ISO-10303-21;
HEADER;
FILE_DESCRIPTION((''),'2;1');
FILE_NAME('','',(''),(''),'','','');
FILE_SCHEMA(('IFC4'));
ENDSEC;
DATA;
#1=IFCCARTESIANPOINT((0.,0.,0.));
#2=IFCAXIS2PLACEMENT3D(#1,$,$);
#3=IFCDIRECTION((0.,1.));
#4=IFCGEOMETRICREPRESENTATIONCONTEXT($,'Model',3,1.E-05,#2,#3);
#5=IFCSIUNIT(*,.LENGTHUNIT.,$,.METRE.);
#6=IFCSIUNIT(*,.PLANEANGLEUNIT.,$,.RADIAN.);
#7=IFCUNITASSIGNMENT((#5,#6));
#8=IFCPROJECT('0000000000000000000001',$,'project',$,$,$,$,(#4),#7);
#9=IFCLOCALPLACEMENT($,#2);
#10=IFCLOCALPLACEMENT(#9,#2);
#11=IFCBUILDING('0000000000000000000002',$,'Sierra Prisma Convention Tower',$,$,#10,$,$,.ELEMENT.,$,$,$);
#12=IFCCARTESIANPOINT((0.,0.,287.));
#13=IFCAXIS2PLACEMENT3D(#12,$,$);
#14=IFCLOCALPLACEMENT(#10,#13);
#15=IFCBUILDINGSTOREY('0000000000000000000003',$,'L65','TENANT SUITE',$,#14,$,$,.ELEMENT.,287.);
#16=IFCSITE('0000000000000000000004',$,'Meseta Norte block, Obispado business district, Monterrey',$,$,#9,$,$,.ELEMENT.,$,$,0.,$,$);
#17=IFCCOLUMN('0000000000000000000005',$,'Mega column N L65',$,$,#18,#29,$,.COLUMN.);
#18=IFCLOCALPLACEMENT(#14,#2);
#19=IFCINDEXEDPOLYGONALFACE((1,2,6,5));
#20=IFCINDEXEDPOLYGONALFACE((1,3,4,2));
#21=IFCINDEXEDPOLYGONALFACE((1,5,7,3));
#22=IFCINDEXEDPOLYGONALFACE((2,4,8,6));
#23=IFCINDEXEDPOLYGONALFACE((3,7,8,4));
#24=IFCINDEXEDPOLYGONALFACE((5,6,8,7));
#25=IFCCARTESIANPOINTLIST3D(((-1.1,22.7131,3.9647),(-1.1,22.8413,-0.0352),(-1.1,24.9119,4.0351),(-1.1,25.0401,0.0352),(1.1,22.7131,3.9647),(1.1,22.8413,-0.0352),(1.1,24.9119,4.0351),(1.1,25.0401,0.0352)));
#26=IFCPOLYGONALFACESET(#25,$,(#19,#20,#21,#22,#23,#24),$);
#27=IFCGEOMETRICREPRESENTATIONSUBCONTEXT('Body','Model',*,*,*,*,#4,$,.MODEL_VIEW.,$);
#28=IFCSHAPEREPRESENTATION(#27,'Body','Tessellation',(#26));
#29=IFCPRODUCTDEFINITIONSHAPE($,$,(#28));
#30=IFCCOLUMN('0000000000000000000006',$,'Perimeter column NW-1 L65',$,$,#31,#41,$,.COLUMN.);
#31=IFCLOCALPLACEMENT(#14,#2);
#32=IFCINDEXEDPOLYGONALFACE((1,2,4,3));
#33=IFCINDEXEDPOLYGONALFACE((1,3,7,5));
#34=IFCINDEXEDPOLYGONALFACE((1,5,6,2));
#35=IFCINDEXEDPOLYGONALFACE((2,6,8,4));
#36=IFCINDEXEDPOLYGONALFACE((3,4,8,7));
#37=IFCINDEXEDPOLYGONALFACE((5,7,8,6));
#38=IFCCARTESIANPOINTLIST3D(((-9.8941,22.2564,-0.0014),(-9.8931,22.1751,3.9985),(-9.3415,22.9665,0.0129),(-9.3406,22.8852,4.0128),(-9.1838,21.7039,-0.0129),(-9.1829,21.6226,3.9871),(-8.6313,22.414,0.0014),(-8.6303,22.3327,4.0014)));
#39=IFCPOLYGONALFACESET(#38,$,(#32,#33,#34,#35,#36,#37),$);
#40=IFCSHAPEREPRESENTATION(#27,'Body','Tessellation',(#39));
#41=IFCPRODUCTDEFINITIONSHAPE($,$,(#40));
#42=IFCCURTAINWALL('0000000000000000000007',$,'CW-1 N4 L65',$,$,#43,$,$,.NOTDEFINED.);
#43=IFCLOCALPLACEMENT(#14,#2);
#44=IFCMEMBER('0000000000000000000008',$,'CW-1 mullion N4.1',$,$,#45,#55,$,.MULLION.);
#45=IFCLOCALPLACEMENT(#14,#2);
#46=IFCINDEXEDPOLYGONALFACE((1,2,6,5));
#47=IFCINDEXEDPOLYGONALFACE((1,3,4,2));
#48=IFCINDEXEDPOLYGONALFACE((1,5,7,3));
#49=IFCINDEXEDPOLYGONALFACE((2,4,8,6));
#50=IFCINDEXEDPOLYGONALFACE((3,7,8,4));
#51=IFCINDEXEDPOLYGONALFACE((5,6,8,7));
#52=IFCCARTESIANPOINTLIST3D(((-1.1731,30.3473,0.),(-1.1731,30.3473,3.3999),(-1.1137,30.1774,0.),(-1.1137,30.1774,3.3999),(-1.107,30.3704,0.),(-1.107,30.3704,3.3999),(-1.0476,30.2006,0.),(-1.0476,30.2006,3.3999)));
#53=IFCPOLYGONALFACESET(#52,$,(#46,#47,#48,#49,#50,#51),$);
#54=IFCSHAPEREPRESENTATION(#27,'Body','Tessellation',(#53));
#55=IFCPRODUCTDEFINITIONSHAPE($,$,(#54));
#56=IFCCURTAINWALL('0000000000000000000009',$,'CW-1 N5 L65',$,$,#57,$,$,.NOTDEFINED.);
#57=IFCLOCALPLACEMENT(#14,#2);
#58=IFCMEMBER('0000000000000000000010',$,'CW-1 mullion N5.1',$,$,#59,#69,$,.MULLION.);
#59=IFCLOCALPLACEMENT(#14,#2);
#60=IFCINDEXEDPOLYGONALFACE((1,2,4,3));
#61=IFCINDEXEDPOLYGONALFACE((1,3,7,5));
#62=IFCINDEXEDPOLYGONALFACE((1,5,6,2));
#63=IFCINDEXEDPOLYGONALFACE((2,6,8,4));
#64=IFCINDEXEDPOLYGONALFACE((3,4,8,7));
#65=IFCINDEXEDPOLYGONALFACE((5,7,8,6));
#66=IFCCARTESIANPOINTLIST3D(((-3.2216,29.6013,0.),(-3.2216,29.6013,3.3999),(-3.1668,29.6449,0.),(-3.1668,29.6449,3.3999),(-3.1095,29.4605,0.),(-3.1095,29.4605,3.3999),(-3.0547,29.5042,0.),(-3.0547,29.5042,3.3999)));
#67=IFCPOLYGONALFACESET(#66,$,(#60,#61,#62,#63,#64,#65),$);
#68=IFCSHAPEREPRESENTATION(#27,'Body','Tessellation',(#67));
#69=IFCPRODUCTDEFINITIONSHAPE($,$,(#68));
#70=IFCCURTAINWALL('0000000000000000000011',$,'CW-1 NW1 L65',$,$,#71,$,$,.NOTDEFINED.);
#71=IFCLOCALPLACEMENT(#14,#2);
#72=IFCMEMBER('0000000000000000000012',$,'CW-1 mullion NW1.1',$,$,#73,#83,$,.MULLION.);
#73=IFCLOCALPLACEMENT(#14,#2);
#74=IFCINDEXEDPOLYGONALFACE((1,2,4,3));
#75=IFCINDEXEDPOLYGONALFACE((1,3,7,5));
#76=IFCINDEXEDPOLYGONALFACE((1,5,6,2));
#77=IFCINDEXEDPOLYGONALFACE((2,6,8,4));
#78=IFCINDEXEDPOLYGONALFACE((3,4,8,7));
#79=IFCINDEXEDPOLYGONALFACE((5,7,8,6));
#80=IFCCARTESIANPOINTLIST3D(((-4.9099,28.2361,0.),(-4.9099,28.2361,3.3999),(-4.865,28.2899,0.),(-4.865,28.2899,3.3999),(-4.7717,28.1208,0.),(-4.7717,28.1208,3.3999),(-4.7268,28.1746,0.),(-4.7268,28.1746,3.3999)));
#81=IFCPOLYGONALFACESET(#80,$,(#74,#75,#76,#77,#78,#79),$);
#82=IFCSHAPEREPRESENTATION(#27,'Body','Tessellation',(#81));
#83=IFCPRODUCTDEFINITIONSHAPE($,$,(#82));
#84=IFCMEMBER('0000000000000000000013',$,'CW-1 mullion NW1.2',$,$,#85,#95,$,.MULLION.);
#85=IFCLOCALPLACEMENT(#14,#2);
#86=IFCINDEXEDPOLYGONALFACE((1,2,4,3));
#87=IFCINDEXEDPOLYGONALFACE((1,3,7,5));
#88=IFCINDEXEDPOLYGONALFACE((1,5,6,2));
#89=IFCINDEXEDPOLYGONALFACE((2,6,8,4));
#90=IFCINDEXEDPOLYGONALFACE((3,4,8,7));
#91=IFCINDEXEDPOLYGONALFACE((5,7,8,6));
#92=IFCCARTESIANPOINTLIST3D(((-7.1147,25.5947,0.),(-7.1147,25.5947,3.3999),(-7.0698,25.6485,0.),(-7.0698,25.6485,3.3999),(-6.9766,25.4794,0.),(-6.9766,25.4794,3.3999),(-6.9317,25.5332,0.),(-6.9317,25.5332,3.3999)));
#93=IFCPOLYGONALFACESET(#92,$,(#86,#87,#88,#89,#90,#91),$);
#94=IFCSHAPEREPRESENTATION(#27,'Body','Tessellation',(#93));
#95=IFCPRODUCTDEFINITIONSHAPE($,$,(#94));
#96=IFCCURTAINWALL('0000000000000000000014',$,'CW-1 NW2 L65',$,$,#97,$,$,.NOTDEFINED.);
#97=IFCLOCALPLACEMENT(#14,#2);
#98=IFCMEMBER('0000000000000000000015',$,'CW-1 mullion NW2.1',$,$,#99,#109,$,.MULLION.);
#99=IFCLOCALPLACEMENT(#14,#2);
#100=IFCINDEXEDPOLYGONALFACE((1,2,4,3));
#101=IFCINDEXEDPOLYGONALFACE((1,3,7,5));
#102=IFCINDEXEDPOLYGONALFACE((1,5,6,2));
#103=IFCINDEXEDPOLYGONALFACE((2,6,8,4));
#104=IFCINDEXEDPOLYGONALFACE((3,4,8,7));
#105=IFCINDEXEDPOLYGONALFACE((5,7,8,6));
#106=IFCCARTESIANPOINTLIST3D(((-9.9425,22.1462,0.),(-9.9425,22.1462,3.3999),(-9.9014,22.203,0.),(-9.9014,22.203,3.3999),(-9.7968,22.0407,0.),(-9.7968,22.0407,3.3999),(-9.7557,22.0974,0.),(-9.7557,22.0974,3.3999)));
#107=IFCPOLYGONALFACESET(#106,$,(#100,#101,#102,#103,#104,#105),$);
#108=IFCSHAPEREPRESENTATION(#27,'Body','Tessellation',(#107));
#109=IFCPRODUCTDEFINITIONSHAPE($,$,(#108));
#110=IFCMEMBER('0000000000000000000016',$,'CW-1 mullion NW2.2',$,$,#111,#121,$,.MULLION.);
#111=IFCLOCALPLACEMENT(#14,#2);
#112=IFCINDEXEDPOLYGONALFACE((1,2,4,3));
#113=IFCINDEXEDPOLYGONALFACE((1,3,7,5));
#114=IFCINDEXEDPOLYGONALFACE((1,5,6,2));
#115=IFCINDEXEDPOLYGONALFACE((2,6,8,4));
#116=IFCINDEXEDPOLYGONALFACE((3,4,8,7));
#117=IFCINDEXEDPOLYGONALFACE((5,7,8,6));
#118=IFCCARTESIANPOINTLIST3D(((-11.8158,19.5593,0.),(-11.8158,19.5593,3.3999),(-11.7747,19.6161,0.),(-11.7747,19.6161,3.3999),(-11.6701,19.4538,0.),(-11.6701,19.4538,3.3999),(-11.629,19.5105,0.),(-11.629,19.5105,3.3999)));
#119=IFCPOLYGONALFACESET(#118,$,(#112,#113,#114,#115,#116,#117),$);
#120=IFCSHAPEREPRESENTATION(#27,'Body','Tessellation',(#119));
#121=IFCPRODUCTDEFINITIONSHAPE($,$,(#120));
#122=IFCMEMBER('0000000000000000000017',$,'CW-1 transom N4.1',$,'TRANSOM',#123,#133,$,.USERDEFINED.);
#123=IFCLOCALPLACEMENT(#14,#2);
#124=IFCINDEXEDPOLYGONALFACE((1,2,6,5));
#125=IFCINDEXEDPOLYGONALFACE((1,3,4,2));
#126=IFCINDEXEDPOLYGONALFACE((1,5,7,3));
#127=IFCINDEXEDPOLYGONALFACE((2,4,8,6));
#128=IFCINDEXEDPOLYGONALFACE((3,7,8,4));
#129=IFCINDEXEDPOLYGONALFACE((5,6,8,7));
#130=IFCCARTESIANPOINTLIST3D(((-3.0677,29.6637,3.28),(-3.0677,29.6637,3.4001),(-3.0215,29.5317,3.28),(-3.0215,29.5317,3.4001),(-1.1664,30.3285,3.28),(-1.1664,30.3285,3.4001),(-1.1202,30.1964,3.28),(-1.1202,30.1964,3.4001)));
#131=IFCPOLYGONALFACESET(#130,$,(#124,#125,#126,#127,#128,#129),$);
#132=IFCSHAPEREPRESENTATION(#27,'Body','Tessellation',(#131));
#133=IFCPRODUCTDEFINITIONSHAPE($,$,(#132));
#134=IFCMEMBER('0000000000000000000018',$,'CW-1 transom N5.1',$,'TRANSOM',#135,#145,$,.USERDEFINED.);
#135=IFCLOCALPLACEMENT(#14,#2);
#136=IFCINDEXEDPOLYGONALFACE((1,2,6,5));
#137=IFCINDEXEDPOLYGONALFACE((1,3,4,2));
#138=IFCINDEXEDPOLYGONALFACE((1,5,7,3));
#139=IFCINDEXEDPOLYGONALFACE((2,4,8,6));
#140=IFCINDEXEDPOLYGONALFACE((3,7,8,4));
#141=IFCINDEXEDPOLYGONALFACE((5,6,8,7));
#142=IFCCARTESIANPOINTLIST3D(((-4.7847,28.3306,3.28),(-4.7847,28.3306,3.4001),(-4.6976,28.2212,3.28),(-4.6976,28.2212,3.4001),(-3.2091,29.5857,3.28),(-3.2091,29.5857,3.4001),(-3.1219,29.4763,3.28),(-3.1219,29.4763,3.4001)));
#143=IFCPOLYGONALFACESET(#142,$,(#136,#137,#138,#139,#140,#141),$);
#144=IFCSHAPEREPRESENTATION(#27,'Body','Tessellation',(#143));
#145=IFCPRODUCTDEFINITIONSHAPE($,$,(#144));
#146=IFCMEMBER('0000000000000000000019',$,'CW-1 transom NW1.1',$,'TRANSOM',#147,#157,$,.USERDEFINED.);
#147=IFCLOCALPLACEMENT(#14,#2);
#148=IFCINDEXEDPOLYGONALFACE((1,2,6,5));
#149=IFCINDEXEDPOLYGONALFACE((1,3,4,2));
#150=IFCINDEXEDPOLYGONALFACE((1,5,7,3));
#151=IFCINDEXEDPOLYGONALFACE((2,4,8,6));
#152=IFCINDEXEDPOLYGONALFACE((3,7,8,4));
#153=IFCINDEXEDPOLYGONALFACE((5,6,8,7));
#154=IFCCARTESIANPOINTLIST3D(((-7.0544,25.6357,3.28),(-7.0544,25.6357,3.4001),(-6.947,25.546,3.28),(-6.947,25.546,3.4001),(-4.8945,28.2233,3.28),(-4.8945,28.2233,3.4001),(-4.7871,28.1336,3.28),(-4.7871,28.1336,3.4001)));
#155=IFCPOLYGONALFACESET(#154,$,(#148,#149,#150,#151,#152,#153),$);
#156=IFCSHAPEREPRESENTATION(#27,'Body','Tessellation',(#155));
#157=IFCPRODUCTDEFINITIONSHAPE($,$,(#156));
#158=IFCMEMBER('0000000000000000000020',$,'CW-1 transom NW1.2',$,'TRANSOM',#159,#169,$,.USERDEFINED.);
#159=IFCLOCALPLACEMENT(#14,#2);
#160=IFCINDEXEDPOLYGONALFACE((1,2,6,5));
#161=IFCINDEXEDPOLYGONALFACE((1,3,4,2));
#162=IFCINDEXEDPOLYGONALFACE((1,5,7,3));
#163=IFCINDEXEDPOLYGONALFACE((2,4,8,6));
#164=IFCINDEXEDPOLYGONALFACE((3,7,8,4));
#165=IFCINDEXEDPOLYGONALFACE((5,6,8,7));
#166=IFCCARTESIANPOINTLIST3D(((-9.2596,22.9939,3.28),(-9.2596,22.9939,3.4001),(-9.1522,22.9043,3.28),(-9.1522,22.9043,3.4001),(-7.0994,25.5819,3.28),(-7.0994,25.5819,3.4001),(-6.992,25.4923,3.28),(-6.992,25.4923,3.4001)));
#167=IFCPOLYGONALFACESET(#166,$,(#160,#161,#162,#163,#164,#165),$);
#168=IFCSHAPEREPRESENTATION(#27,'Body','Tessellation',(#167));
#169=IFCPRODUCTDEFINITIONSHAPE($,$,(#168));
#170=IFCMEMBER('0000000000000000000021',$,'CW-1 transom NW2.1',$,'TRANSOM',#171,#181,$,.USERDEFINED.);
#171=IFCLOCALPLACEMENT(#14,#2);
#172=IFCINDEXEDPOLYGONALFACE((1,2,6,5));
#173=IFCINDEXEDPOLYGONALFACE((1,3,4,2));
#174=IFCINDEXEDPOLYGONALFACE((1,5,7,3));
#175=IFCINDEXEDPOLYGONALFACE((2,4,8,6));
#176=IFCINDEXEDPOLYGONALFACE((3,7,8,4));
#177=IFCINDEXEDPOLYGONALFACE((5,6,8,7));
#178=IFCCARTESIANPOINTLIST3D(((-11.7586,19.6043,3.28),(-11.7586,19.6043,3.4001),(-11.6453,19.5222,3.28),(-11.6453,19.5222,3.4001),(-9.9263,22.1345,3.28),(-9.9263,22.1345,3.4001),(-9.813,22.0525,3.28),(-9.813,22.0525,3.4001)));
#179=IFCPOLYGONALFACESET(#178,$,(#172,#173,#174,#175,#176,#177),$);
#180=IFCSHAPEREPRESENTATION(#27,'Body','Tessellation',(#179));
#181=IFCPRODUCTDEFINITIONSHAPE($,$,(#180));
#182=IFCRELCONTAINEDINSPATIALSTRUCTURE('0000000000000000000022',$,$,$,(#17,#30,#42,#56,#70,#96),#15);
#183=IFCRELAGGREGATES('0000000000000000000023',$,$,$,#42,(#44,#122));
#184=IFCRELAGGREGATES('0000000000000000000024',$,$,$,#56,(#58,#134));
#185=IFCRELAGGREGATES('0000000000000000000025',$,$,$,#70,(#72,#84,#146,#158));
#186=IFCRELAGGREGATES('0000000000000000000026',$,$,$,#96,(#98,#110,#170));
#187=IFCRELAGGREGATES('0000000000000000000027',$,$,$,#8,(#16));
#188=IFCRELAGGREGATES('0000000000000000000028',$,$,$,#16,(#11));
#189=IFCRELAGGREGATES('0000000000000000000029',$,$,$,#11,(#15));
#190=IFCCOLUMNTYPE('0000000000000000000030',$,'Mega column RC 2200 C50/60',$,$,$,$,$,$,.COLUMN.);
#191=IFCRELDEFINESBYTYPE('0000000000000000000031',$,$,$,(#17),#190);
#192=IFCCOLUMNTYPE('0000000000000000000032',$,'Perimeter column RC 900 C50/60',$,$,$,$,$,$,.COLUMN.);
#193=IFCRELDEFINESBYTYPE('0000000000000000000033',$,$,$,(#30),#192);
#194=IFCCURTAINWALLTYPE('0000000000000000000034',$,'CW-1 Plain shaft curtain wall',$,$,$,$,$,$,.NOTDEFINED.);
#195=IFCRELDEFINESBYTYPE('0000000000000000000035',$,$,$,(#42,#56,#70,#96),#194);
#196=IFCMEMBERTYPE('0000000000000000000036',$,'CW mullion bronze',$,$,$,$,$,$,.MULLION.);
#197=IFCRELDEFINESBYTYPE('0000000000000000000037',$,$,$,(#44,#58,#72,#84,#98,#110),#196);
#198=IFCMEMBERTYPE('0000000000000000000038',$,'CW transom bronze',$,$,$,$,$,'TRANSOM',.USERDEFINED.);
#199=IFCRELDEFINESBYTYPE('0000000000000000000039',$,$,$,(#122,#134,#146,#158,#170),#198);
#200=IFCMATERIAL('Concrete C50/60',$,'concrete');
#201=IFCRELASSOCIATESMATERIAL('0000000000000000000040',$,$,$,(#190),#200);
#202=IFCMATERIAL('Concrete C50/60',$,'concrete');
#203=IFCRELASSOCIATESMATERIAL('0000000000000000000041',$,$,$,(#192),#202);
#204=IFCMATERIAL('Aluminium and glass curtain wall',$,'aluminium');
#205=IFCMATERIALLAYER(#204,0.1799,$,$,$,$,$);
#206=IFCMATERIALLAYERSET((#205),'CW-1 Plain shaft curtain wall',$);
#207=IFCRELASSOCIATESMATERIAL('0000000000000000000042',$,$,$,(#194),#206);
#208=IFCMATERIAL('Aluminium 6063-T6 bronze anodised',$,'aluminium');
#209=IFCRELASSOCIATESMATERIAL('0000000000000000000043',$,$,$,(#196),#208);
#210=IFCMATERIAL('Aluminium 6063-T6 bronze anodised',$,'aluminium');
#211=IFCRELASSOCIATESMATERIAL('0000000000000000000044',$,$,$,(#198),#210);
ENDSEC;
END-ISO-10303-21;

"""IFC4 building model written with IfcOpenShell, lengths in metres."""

from ifc_helpers import new_model, si_unit, direction, frame, origin, origin_2d, place, context, subcontext, project, spatial, rectangle, extrude, material, layer, layer_set, material_profile, profile_set, type_object, element, aggregate, save


model = new_model("IFC4")

# Units and contexts
model_context = context("Model", 3, precision=1e-05, world=origin(), true_north=direction((0.0, 1.0)))
body_context = subcontext(model_context, "Body", "Model", "MODEL_VIEW")
ifc_project = project(units=[si_unit("LENGTHUNIT", "METRE"), si_unit("PLANEANGLEUNIT", "RADIAN")], contexts=[model_context])

# Site, building, storey
site_placement = place(None, origin())
site = spatial("IfcSite", under=ifc_project, at=site_placement, Name="Meseta Norte block, Obispado business district, Monterrey", CompositionType="ELEMENT", RefElevation=0.0)
building_placement = place(site_placement, origin())
building = spatial("IfcBuilding", under=site, at=building_placement, Name="Sierra Prisma Convention Tower", CompositionType="ELEMENT")
storey_placement = place(building_placement, frame((0.0, 0.0, 287.0)))
storey = spatial("IfcBuildingStorey", under=building, at=storey_placement, Name="L65", Description="TENANT SUITE", CompositionType="ELEMENT", Elevation=287.0)

# Columns
ifc_material_1 = material(Name="Concrete C50/60", Category="concrete")
ifc_material_profile_1 = material_profile(ifc_material_1, rectangle(XDim=2.2, YDim=2.2, at=origin_2d()), Name="Mega column RC 2200 C50/60")
ifc_profile_set_1 = profile_set([ifc_material_profile_1], Name="Concrete C50/60")
column_type_1 = type_object("IfcColumnType", Name="Mega column RC 2200 C50/60", PredefinedType="COLUMN", material=ifc_profile_set_1)
column_1_placement = place(storey_placement, frame((0.0, 23.9407, 0.0), z_axis=(0.0, -0.032027, 0.999487), x_axis=(1.0, 0.0, 0.0)))
element("IfcColumn", 1, at=column_1_placement, inside=storey, type_object=column_type_1, Name="Mega column N L65", PredefinedType="COLUMN", context=body_context, shape_type="SweptSolid", body=[
    extrude(rectangle(XDim=2.2, YDim=2.2, at=origin_2d()), origin(), (0.0, 0.0, 1.0), 4.002),
])
ifc_material_2 = material(Name="Concrete C50/60", Category="concrete")
ifc_material_profile_2 = material_profile(ifc_material_2, rectangle(XDim=0.8999, YDim=0.8999, at=origin_2d()), Name="Perimeter column RC 900 C50/60")
ifc_profile_set_2 = profile_set([ifc_material_profile_2], Name="Concrete C50/60")
column_type_2 = type_object("IfcColumnType", Name="Perimeter column RC 900 C50/60", PredefinedType="COLUMN", material=ifc_profile_set_2)
column_2_placement = place(storey_placement, frame((-9.2627, 22.3352, 0.0), z_axis=(0.000244, -0.020321, 0.999793), x_axis=(0.61404, 0.789115, 0.015889)))
element("IfcColumn", 2, at=column_2_placement, inside=storey, type_object=column_type_2, Name="Perimeter column NW-1 L65", PredefinedType="COLUMN", context=body_context, shape_type="SweptSolid", body=[
    extrude(rectangle(XDim=0.8999, YDim=0.8999, at=origin_2d()), origin(), (0.0, 0.0, 1.0), 4.0007),
])

# Curtain walls, members
ifc_material_3 = material(Name="Aluminium and glass curtain wall", Category="aluminium")
ifc_layer_1 = layer(ifc_material_3, 0.1799)
ifc_layer_set_1 = layer_set([ifc_layer_1], Name="CW-1 Plain shaft curtain wall")
curtain_wall_type = type_object("IfcCurtainWallType", Name="CW-1 Plain shaft curtain wall", PredefinedType="NOTDEFINED", material=ifc_layer_set_1)
curtain_wall_1_placement = place(storey_placement, origin())
curtain_wall_1 = element("IfcCurtainWall", 3, at=curtain_wall_1_placement, inside=storey, type_object=curtain_wall_type, Name="CW-1 N4 L65", PredefinedType="NOTDEFINED")
ifc_material_4 = material(Name="Aluminium 6063-T6 bronze anodised", Category="aluminium")
ifc_material_profile_3 = material_profile(ifc_material_4, rectangle(XDim=0.1799, YDim=0.0701, at=origin_2d()), Name="ALU MULLION 70x180")
ifc_profile_set_3 = profile_set([ifc_material_profile_3], Name="Aluminium 6063-T6 bronze anodised")
member_type_1 = type_object("IfcMemberType", Name="CW mullion bronze", PredefinedType="MULLION", material=ifc_profile_set_3)
member_1_placement = place(storey_placement, frame((-1.1104, 30.2739, 0.0), z_axis=(0.0, 0.0, 1.0), x_axis=(0.330032, -0.94397, 0.0)))
member_1 = element("IfcMember", 4, at=member_1_placement, type_object=member_type_1, Name="CW-1 mullion N4.1", PredefinedType="MULLION", context=body_context, shape_type="SweptSolid", body=[
    extrude(rectangle(XDim=0.1799, YDim=0.0701, at=origin_2d()), origin(), (0.0, 0.0, 1.0), 3.3999),
])
curtain_wall_2_placement = place(storey_placement, origin())
curtain_wall_2 = element("IfcCurtainWall", 5, at=curtain_wall_2_placement, inside=storey, type_object=curtain_wall_type, Name="CW-1 N5 L65", PredefinedType="NOTDEFINED")
member_2_placement = place(storey_placement, frame((-3.1382, 29.5527, 0.0), z_axis=(0.0, 0.0, 1.0), x_axis=(0.62308, -0.782158, 0.0)))
member_2 = element("IfcMember", 6, at=member_2_placement, type_object=member_type_1, Name="CW-1 mullion N5.1", PredefinedType="MULLION", context=body_context, shape_type="SweptSolid", body=[
    extrude(rectangle(XDim=0.1799, YDim=0.0701, at=origin_2d()), origin(), (0.0, 0.0, 1.0), 3.3999),
])

# Curtain walls, members
curtain_wall_3_placement = place(storey_placement, origin())
curtain_wall_3 = element("IfcCurtainWall", 7, at=curtain_wall_3_placement, inside=storey, type_object=curtain_wall_type, Name="CW-1 NW1 L65", PredefinedType="NOTDEFINED")
member_3_placement = place(storey_placement, frame((-4.8184, 28.2053, 0.0), z_axis=(0.0, 0.0, 1.0), x_axis=(0.767694, -0.640816, 0.0)))
member_3 = element("IfcMember", 8, at=member_3_placement, type_object=member_type_1, Name="CW-1 mullion NW1.1", PredefinedType="MULLION", context=body_context, shape_type="SweptSolid", body=[
    extrude(rectangle(XDim=0.1799, YDim=0.0701, at=origin_2d()), origin(), (0.0, 0.0, 1.0), 3.3999),
])
member_4_placement = place(storey_placement, frame((-7.0232, 25.564, 0.0), z_axis=(0.0, 0.0, 1.0), x_axis=(0.767694, -0.640816, 0.0)))
member_4 = element("IfcMember", 9, at=member_4_placement, type_object=member_type_1, Name="CW-1 mullion NW1.2", PredefinedType="MULLION", context=body_context, shape_type="SweptSolid", body=[
    extrude(rectangle(XDim=0.1799, YDim=0.0701, at=origin_2d()), origin(), (0.0, 0.0, 1.0), 3.3999),
])
curtain_wall_4_placement = place(storey_placement, origin())
curtain_wall_4 = element("IfcCurtainWall", 10, at=curtain_wall_4_placement, inside=storey, type_object=curtain_wall_type, Name="CW-1 NW2 L65", PredefinedType="NOTDEFINED")
member_5_placement = place(storey_placement, frame((-9.8491, 22.1218, 0.0), z_axis=(0.0, 0.0, 1.0), x_axis=(0.809923, -0.586537, 0.0)))
member_5 = element("IfcMember", 11, at=member_5_placement, type_object=member_type_1, Name="CW-1 mullion NW2.1", PredefinedType="MULLION", context=body_context, shape_type="SweptSolid", body=[
    extrude(rectangle(XDim=0.1799, YDim=0.0701, at=origin_2d()), origin(), (0.0, 0.0, 1.0), 3.3999),
])
member_6_placement = place(storey_placement, frame((-11.7224, 19.5349, 0.0), z_axis=(0.0, 0.0, 1.0), x_axis=(0.809923, -0.586537, 0.0)))
member_6 = element("IfcMember", 12, at=member_6_placement, type_object=member_type_1, Name="CW-1 mullion NW2.2", PredefinedType="MULLION", context=body_context, shape_type="SweptSolid", body=[
    extrude(rectangle(XDim=0.1799, YDim=0.0701, at=origin_2d()), origin(), (0.0, 0.0, 1.0), 3.3999),
])

# Members
ifc_material_5 = material(Name="Aluminium 6063-T6 bronze anodised", Category="aluminium")
ifc_material_profile_4 = material_profile(ifc_material_5, rectangle(XDim=0.1399, YDim=0.1201, at=origin_2d()), Name="ALU TRANSOM 120x140")
ifc_profile_set_4 = profile_set([ifc_material_profile_4], Name="Aluminium 6063-T6 bronze anodised")
member_type_2 = type_object("IfcMemberType", Name="CW transom bronze", ElementType="TRANSOM", PredefinedType="USERDEFINED", material=ifc_profile_set_4)
member_7_placement = place(storey_placement, frame((-1.1433, 30.2625, 3.3401), z_axis=(-0.943964, -0.330048, 0.0), x_axis=(0.330048, -0.943964, 0.0)))
member_7 = element("IfcMember", 13, at=member_7_placement, type_object=member_type_2, Name="CW-1 transom N4.1", ObjectType="TRANSOM", PredefinedType="USERDEFINED", context=body_context, shape_type="SweptSolid", body=[
    extrude(rectangle(XDim=0.1399, YDim=0.1201, at=origin_2d()), origin(), (0.0, 0.0, 1.0), 2.0142),
])
member_8_placement = place(storey_placement, frame((-3.1655, 29.531, 3.3401), z_axis=(-0.78218, -0.623053, 0.0), x_axis=(0.623053, -0.78218, 0.0)))
member_8 = element("IfcMember", 14, at=member_8_placement, type_object=member_type_2, Name="CW-1 transom N5.1", ObjectType="TRANSOM", PredefinedType="USERDEFINED", context=body_context, shape_type="SweptSolid", body=[
    extrude(rectangle(XDim=0.1399, YDim=0.1201, at=origin_2d()), origin(), (0.0, 0.0, 1.0), 2.0144),
])
member_9_placement = place(storey_placement, frame((-4.8408, 28.1785, 3.3401), z_axis=(-0.640804, -0.767705, 0.0), x_axis=(0.767705, -0.640804, 0.0)))
member_9 = element("IfcMember", 15, at=member_9_placement, type_object=member_type_2, Name="CW-1 transom NW1.1", ObjectType="TRANSOM", PredefinedType="USERDEFINED", context=body_context, shape_type="SweptSolid", body=[
    extrude(rectangle(XDim=0.1399, YDim=0.1201, at=origin_2d()), origin(), (0.0, 0.0, 1.0), 3.3706),
])
member_10_placement = place(storey_placement, frame((-7.0457, 25.5371, 3.3401), z_axis=(-0.640811, -0.767699, 0.0), x_axis=(0.767699, -0.640811, 0.0)))
member_10 = element("IfcMember", 16, at=member_10_placement, type_object=member_type_2, Name="CW-1 transom NW1.2", ObjectType="TRANSOM", PredefinedType="USERDEFINED", context=body_context, shape_type="SweptSolid", body=[
    extrude(rectangle(XDim=0.1399, YDim=0.1201, at=origin_2d()), origin(), (0.0, 0.0, 1.0), 3.3711),
])
member_11_placement = place(storey_placement, frame((-9.8696, 22.0935, 3.3401), z_axis=(-0.586512, -0.809941, 0.0), x_axis=(0.809941, -0.586512, 0.0)))
member_11 = element("IfcMember", 17, at=member_11_placement, type_object=member_type_2, Name="CW-1 transom NW2.1", ObjectType="TRANSOM", PredefinedType="USERDEFINED", context=body_context, shape_type="SweptSolid", body=[
    extrude(rectangle(XDim=0.1399, YDim=0.1201, at=origin_2d()), origin(), (0.0, 0.0, 1.0), 3.124),
])

aggregate(curtain_wall_1, [member_1, member_7])
aggregate(curtain_wall_2, [member_2, member_8])
aggregate(curtain_wall_3, [member_3, member_4, member_9, member_10])
aggregate(curtain_wall_4, [member_5, member_6, member_11])

save(model, "model.ifc")
